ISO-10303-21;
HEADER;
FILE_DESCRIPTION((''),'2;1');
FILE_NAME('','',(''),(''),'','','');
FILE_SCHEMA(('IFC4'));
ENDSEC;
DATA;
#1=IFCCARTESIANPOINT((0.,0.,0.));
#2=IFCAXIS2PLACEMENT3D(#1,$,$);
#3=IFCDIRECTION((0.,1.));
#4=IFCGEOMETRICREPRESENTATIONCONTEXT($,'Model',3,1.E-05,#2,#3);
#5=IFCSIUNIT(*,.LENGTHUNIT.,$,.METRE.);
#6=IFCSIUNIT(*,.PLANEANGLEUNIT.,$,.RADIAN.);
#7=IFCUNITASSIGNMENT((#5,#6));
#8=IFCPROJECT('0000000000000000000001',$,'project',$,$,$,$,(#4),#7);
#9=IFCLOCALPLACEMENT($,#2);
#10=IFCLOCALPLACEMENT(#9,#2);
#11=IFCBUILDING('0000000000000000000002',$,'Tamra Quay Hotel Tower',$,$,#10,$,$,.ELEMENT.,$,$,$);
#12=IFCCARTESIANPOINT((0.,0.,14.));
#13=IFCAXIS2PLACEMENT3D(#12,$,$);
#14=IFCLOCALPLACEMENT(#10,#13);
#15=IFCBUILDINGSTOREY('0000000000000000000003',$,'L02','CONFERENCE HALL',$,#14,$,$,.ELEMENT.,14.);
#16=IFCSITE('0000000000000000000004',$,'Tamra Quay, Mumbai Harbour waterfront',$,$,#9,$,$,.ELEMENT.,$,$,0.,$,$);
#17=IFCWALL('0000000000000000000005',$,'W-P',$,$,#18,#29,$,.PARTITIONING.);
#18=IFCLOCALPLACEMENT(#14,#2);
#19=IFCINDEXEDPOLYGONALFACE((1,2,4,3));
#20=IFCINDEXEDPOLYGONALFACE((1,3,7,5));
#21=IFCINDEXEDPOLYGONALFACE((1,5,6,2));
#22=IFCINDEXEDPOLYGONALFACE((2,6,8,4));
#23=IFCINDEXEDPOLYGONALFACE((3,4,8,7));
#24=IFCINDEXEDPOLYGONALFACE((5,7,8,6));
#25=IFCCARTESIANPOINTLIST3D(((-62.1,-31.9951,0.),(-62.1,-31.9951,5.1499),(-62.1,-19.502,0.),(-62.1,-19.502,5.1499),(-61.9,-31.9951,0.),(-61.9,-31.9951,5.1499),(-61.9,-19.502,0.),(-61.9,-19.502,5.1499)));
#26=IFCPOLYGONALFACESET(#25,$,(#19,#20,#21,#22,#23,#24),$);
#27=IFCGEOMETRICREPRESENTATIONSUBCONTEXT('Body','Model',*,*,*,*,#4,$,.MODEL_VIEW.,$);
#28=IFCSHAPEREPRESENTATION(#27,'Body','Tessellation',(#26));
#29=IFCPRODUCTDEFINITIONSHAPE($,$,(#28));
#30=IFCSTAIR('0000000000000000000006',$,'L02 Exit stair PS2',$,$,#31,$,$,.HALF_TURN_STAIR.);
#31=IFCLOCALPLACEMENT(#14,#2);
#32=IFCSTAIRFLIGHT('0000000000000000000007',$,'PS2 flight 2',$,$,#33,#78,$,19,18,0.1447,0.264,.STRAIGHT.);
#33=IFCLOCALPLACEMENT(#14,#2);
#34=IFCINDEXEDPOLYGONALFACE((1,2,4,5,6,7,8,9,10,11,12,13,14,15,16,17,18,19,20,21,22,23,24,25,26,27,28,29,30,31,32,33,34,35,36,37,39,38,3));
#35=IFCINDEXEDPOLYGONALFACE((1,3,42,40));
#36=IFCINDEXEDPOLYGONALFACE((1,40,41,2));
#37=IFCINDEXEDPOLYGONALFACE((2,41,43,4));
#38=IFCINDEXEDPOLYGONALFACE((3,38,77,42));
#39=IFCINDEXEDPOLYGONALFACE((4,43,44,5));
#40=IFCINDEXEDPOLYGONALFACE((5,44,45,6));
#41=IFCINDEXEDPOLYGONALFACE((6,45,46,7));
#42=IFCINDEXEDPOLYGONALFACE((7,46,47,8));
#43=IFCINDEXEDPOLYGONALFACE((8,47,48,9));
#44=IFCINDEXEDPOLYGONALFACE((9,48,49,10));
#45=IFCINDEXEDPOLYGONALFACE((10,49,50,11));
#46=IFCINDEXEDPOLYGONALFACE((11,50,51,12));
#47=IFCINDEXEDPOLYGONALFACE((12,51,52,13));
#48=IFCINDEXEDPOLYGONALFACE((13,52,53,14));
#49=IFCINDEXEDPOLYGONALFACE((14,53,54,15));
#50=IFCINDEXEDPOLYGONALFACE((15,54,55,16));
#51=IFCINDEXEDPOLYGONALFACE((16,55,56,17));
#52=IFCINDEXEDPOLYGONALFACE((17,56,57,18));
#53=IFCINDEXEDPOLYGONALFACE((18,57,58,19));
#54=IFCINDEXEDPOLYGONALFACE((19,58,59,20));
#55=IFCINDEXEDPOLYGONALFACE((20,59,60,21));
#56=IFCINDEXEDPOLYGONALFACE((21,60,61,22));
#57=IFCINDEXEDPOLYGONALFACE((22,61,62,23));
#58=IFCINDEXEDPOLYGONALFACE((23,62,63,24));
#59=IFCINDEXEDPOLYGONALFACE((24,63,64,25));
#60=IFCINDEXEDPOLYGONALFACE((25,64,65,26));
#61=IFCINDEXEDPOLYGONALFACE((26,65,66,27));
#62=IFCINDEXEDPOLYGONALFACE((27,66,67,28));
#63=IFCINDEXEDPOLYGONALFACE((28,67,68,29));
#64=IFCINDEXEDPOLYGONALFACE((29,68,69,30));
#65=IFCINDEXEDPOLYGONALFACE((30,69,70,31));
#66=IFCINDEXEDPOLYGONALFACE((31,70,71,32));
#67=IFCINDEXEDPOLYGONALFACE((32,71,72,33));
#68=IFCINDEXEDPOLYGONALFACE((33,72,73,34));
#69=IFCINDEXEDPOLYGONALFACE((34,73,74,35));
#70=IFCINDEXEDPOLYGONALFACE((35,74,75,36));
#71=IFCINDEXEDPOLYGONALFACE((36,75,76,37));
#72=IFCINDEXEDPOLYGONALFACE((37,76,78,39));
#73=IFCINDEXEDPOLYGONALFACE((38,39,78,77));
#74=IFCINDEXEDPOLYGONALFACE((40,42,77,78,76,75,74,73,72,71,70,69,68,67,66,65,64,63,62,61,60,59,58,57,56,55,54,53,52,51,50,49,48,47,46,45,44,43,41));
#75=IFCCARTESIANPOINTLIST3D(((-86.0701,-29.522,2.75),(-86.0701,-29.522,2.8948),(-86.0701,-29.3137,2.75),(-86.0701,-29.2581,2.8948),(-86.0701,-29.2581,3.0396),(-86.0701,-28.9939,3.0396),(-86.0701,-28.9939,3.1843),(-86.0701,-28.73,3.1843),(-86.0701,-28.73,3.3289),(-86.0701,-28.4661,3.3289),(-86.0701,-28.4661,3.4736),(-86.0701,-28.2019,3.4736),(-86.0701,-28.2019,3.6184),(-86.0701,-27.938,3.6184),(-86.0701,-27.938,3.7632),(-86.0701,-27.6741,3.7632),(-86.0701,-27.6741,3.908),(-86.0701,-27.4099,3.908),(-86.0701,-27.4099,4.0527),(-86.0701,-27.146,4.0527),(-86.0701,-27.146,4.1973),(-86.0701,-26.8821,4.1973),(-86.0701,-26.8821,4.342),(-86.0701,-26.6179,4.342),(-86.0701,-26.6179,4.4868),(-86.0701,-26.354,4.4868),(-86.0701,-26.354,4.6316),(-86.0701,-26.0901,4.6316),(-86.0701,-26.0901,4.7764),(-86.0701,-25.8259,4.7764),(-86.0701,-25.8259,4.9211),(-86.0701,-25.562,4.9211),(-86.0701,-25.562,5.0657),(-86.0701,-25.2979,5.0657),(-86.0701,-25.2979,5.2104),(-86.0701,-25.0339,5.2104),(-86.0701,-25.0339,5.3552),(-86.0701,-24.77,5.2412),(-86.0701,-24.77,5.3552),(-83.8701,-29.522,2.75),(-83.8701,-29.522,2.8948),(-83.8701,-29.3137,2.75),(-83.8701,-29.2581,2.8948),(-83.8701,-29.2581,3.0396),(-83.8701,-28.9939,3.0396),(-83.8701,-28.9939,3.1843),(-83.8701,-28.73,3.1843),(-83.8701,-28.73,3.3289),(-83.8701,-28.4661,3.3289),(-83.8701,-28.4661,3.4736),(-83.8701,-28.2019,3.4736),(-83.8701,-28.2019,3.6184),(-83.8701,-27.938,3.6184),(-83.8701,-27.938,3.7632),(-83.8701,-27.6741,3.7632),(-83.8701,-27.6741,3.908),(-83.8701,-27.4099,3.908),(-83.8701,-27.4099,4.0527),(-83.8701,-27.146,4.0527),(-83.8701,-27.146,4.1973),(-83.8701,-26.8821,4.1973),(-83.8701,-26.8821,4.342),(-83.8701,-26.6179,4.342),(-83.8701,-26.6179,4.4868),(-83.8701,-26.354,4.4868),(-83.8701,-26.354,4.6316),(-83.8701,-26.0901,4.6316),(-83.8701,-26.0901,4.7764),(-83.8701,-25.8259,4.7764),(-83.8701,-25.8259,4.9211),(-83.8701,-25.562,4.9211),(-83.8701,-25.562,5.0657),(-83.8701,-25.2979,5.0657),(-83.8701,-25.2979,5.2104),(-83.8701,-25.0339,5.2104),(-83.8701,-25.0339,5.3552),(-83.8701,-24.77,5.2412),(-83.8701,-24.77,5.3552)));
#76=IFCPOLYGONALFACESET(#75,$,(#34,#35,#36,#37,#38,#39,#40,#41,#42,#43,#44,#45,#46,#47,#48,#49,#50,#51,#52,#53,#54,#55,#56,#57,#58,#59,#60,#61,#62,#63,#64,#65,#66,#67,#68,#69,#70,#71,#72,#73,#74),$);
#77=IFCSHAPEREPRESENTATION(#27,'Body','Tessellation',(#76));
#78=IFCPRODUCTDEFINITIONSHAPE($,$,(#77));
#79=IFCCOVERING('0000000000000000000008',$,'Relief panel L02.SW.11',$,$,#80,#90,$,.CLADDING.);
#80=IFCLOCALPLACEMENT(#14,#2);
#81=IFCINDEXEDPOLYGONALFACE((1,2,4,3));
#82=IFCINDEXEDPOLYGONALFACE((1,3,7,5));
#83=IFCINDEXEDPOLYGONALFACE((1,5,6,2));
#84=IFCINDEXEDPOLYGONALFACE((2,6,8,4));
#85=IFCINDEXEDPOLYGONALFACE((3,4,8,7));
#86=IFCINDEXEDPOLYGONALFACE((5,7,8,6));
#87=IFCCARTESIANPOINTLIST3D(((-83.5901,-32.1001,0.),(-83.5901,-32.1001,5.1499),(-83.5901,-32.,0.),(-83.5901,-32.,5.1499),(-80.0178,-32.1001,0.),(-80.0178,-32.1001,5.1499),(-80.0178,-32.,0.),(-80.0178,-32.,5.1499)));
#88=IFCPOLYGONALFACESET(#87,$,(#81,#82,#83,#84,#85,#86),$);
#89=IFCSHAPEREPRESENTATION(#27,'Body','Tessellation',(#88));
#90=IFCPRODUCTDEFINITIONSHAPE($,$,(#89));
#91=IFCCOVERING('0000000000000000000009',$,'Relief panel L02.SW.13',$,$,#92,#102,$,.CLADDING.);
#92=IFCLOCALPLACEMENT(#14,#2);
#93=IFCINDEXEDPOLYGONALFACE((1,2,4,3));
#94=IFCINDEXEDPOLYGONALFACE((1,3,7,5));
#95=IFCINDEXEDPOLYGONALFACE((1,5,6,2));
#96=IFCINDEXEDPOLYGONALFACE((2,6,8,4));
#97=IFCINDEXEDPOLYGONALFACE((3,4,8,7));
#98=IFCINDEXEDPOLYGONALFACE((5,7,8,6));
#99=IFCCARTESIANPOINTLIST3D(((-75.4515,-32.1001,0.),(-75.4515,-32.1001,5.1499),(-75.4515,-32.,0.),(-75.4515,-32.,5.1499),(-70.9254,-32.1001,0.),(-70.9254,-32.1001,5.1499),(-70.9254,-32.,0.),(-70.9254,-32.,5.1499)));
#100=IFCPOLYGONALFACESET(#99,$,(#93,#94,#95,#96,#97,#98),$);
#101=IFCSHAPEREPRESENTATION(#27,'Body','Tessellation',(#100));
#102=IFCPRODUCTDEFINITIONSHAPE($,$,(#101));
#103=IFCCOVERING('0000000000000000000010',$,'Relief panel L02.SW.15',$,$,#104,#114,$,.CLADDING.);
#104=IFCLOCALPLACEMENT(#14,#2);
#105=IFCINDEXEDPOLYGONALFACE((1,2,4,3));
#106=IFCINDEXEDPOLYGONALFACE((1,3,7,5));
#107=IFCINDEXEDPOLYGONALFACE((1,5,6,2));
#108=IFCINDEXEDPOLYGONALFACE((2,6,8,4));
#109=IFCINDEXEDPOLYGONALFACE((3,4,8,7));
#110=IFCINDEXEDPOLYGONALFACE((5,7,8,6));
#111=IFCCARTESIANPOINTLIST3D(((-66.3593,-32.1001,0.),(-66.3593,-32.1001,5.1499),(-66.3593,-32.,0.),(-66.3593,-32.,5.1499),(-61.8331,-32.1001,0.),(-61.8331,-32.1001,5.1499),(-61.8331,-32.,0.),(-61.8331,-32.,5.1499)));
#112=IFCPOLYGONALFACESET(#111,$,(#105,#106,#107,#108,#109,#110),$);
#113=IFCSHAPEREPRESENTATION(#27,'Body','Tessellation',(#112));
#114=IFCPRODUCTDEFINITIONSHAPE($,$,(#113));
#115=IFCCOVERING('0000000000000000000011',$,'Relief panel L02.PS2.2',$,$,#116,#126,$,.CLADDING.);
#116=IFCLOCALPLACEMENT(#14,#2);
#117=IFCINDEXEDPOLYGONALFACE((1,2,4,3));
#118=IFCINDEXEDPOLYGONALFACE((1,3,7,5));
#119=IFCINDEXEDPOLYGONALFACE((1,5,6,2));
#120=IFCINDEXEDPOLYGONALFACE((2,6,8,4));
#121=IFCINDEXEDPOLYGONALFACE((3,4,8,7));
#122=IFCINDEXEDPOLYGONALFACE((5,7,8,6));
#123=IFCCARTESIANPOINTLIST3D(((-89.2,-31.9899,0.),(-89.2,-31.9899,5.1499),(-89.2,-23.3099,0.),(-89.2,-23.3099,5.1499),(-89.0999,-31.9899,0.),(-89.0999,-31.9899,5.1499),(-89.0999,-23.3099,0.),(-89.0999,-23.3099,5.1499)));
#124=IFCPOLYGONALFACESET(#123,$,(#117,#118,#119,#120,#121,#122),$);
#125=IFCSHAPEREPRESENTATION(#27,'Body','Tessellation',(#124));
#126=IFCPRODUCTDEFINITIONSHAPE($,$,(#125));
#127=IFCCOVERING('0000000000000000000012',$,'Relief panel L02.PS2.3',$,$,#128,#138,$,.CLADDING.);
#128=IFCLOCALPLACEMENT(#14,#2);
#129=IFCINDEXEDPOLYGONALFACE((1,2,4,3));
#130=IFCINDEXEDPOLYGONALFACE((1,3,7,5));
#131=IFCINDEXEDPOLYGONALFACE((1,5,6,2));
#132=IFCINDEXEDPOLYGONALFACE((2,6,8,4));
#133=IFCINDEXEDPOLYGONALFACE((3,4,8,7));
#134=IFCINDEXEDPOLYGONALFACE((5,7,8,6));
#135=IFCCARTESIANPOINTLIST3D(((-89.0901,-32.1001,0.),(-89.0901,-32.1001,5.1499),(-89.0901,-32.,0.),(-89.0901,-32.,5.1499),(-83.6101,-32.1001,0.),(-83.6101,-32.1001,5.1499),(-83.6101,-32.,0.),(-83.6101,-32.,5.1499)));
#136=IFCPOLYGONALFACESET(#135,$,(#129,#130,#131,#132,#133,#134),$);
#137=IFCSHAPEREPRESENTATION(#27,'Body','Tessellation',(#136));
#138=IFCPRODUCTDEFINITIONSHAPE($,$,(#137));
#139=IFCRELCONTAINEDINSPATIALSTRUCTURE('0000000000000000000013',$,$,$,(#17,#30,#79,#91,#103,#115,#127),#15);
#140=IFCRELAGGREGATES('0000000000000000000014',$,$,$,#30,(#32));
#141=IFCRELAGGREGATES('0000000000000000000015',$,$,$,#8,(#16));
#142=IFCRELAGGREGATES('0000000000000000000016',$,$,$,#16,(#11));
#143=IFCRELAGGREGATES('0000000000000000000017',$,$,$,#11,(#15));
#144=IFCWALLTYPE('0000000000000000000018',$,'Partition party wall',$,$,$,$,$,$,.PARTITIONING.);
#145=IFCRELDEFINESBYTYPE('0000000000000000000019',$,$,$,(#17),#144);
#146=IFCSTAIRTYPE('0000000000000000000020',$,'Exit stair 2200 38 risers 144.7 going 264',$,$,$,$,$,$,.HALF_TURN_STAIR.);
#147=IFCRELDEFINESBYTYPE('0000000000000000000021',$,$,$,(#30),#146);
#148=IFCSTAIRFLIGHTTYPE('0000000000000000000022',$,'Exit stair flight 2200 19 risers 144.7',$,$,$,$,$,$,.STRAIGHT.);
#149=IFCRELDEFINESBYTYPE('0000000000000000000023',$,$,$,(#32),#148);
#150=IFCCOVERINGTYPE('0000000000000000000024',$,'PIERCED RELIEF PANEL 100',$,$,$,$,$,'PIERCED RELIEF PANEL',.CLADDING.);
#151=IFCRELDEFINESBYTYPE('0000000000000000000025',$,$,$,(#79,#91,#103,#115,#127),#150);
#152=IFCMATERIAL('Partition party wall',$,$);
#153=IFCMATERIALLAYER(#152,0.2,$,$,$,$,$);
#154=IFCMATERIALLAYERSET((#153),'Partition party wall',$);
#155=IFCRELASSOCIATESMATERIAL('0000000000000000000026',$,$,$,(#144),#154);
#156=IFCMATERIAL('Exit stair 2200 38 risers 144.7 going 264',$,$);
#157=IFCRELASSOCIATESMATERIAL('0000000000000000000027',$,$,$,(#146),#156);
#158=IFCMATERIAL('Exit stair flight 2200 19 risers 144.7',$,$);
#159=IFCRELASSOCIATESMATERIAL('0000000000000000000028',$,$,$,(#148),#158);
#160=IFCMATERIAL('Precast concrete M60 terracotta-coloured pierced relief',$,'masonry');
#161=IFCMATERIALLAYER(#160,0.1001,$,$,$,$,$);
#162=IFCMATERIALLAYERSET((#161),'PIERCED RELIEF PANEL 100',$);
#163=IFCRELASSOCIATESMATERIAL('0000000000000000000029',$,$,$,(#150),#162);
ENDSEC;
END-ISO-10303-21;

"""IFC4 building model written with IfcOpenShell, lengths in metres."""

from ifc_helpers import new_model, si_unit, direction, frame, frame_2d, origin, origin_2d, place, context, subcontext, project, spatial, polyline, rectangle, outline, extrude, material, layer, layer_set, type_object, element, aggregate, save


model = new_model("IFC4")

# Units and contexts
model_context = context("Model", 3, precision=1e-05, world=origin(), true_north=direction((0.0, 1.0)))
body_context = subcontext(model_context, "Body", "Model", "MODEL_VIEW")
ifc_project = project(units=[si_unit("LENGTHUNIT", "METRE"), si_unit("PLANEANGLEUNIT", "RADIAN")], contexts=[model_context])

# Site, building, storey
site_placement = place(None, origin())
site = spatial("IfcSite", under=ifc_project, at=site_placement, Name="Tamra Quay, Mumbai Harbour waterfront", CompositionType="ELEMENT", RefElevation=0.0)
building_placement = place(site_placement, origin())
building = spatial("IfcBuilding", under=site, at=building_placement, Name="Tamra Quay Hotel Tower", CompositionType="ELEMENT")
storey_placement = place(building_placement, frame((0.0, 0.0, 14.0)))
storey = spatial("IfcBuildingStorey", under=building, at=storey_placement, Name="L02", Description="CONFERENCE HALL", CompositionType="ELEMENT", Elevation=14.0)

# Wall
ifc_material_1 = material(Name="Partition party wall")
ifc_layer_1 = layer(ifc_material_1, 0.2)
ifc_layer_set_1 = layer_set([ifc_layer_1], Name="Partition party wall")
wall_type_1 = type_object("IfcWallType", Name="Partition party wall", PredefinedType="PARTITIONING", material=ifc_layer_set_1)
wall_1_placement = place(storey_placement, frame((-62.0, -31.9951, 0.0), z_axis=(0.0, 0.0, 1.0), x_axis=(0.0, 1.0, 0.0)))
element("IfcWall", 1, at=wall_1_placement, inside=storey, type_object=wall_type_1, Name="W-P", PredefinedType="PARTITIONING", context=body_context, shape_type="SweptSolid", body=[
    extrude(rectangle(XDim=12.4932, YDim=0.2, at=frame_2d((6.2466, 0.0))), origin(), (0.0, 0.0, 1.0), 5.1499),
])

# Stair, stair flight
ifc_material_2 = material(Name="Exit stair 2200 38 risers 144.7 going 264")
stair_type = type_object("IfcStairType", Name="Exit stair 2200 38 risers 144.7 going 264", PredefinedType="HALF_TURN_STAIR", material=ifc_material_2)
stair_placement = place(storey_placement, origin())
stair = element("IfcStair", 2, at=stair_placement, inside=storey, type_object=stair_type, Name="L02 Exit stair PS2", PredefinedType="HALF_TURN_STAIR")
ifc_material_3 = material(Name="Exit stair flight 2200 19 risers 144.7")
stair_flight_type = type_object("IfcStairFlightType", Name="Exit stair flight 2200 19 risers 144.7", PredefinedType="STRAIGHT", material=ifc_material_3)
stair_flight_placement = place(storey_placement, frame((-84.97, -29.522, 2.75), z_axis=(0.0, 0.0, 1.0), x_axis=(0.0, 1.0, 0.0)))
stair_flight = element("IfcStairFlight", 3, at=stair_flight_placement, type_object=stair_flight_type, Name="PS2 flight 2", NumberOfRisers=19, NumberOfTreads=18, PredefinedType="STRAIGHT", RiserHeight=0.1447, TreadLength=0.264, context=body_context, shape_type="SweptSolid", body=[
    extrude(outline(polyline([(0.0, 0.0), (0.0, 0.1448), (0.2639, 0.1448), (0.2639, 0.2896), (0.5281, 0.2896), (0.5281, 0.4343), (0.792, 0.4343), (0.792, 0.5789), (1.0559, 0.5789), (1.0559, 0.7236), (1.3201, 0.7236), (1.3201, 0.8684), (1.584, 0.8684), (1.584, 1.0132), (1.8479, 1.0132), (1.8479, 1.158), (2.1121, 1.158), (2.1121, 1.3027), (2.376, 1.3027), (2.376, 1.4473), (2.6399, 1.4473), (2.6399, 1.592), (2.9041, 1.592), (2.9041, 1.7368), (3.168, 1.7368), (3.168, 1.8816), (3.4319, 1.8816), (3.4319, 2.0264), (3.696, 2.0264), (3.696, 2.1711), (3.96, 2.1711), (3.96, 2.3157), (4.2241, 2.3157), (4.2241, 2.4604), (4.488, 2.4604), (4.488, 2.6052), (4.752, 2.6052), (4.752, 2.75), (4.752, 2.4912), (0.2083, 0.0), (0.0, 0.0)])), frame((0.0, 1.1001, 0.0), z_axis=(0.0, -1.0, 0.0), x_axis=(1.0, 0.0, 0.0)), (0.0, 0.0, 1.0), 2.2),
])
aggregate(stair, [stair_flight])

# Coverings
ifc_material_4 = material(Name="Precast concrete M60 terracotta-coloured pierced relief", Category="masonry")
ifc_layer_2 = layer(ifc_material_4, 0.1001)
ifc_layer_set_2 = layer_set([ifc_layer_2], Name="PIERCED RELIEF PANEL 100")
covering_type_1 = type_object("IfcCoveringType", Name="PIERCED RELIEF PANEL 100", ElementType="PIERCED RELIEF PANEL", PredefinedType="CLADDING", material=ifc_layer_set_2)
covering_1_placement = place(storey_placement, frame((-81.804, -32.05, 0.0), z_axis=(0.0, 0.0, 1.0), x_axis=(1.0, 0.0, 0.0)))
element("IfcCovering", 4, at=covering_1_placement, inside=storey, type_object=covering_type_1, Name="Relief panel L02.SW.11", PredefinedType="CLADDING", context=body_context, shape_type="SweptSolid", body=[
    extrude(rectangle(XDim=3.5723, YDim=0.1001, at=origin_2d()), origin(), (0.0, 0.0, 1.0), 5.1499),
])
for number, where, z_axis, x_axis, name in (
    (5, (-73.1885, -32.05, 0.0), (0.0, 0.0, 1.0), (1.0, 0.0, 0.0), "Relief panel L02.SW.13"),
    (6, (-64.0962, -32.05, 0.0), (0.0, 0.0, 1.0), (1.0, 0.0, 0.0), "Relief panel L02.SW.15"),
):
    element("IfcCovering", number, at=place(storey_placement, frame(where, z_axis=z_axis, x_axis=x_axis)), inside=storey, type_object=covering_type_1, Name=name, PredefinedType="CLADDING", context=body_context, shape_type="SweptSolid", body=[
        extrude(rectangle(XDim=4.5261, YDim=0.1001, at=origin_2d()), origin(), (0.0, 0.0, 1.0), 5.1499),
    ])
covering_2_placement = place(storey_placement, frame((-89.1499, -27.6499, 0.0), z_axis=(0.0, 0.0, 1.0), x_axis=(0.0, -1.0, 0.0)))
element("IfcCovering", 7, at=covering_2_placement, inside=storey, type_object=covering_type_1, Name="Relief panel L02.PS2.2", PredefinedType="CLADDING", context=body_context, shape_type="SweptSolid", body=[
    extrude(rectangle(XDim=8.6799, YDim=0.1001, at=origin_2d()), origin(), (0.0, 0.0, 1.0), 5.1499),
])
covering_3_placement = place(storey_placement, frame((-86.3501, -32.05, 0.0), z_axis=(0.0, 0.0, 1.0), x_axis=(1.0, 0.0, 0.0)))
element("IfcCovering", 8, at=covering_3_placement, inside=storey, type_object=covering_type_1, Name="Relief panel L02.PS2.3", PredefinedType="CLADDING", context=body_context, shape_type="SweptSolid", body=[
    extrude(rectangle(XDim=5.48, YDim=0.1001, at=origin_2d()), origin(), (0.0, 0.0, 1.0), 5.1499),
])

save(model, "model.ifc")
